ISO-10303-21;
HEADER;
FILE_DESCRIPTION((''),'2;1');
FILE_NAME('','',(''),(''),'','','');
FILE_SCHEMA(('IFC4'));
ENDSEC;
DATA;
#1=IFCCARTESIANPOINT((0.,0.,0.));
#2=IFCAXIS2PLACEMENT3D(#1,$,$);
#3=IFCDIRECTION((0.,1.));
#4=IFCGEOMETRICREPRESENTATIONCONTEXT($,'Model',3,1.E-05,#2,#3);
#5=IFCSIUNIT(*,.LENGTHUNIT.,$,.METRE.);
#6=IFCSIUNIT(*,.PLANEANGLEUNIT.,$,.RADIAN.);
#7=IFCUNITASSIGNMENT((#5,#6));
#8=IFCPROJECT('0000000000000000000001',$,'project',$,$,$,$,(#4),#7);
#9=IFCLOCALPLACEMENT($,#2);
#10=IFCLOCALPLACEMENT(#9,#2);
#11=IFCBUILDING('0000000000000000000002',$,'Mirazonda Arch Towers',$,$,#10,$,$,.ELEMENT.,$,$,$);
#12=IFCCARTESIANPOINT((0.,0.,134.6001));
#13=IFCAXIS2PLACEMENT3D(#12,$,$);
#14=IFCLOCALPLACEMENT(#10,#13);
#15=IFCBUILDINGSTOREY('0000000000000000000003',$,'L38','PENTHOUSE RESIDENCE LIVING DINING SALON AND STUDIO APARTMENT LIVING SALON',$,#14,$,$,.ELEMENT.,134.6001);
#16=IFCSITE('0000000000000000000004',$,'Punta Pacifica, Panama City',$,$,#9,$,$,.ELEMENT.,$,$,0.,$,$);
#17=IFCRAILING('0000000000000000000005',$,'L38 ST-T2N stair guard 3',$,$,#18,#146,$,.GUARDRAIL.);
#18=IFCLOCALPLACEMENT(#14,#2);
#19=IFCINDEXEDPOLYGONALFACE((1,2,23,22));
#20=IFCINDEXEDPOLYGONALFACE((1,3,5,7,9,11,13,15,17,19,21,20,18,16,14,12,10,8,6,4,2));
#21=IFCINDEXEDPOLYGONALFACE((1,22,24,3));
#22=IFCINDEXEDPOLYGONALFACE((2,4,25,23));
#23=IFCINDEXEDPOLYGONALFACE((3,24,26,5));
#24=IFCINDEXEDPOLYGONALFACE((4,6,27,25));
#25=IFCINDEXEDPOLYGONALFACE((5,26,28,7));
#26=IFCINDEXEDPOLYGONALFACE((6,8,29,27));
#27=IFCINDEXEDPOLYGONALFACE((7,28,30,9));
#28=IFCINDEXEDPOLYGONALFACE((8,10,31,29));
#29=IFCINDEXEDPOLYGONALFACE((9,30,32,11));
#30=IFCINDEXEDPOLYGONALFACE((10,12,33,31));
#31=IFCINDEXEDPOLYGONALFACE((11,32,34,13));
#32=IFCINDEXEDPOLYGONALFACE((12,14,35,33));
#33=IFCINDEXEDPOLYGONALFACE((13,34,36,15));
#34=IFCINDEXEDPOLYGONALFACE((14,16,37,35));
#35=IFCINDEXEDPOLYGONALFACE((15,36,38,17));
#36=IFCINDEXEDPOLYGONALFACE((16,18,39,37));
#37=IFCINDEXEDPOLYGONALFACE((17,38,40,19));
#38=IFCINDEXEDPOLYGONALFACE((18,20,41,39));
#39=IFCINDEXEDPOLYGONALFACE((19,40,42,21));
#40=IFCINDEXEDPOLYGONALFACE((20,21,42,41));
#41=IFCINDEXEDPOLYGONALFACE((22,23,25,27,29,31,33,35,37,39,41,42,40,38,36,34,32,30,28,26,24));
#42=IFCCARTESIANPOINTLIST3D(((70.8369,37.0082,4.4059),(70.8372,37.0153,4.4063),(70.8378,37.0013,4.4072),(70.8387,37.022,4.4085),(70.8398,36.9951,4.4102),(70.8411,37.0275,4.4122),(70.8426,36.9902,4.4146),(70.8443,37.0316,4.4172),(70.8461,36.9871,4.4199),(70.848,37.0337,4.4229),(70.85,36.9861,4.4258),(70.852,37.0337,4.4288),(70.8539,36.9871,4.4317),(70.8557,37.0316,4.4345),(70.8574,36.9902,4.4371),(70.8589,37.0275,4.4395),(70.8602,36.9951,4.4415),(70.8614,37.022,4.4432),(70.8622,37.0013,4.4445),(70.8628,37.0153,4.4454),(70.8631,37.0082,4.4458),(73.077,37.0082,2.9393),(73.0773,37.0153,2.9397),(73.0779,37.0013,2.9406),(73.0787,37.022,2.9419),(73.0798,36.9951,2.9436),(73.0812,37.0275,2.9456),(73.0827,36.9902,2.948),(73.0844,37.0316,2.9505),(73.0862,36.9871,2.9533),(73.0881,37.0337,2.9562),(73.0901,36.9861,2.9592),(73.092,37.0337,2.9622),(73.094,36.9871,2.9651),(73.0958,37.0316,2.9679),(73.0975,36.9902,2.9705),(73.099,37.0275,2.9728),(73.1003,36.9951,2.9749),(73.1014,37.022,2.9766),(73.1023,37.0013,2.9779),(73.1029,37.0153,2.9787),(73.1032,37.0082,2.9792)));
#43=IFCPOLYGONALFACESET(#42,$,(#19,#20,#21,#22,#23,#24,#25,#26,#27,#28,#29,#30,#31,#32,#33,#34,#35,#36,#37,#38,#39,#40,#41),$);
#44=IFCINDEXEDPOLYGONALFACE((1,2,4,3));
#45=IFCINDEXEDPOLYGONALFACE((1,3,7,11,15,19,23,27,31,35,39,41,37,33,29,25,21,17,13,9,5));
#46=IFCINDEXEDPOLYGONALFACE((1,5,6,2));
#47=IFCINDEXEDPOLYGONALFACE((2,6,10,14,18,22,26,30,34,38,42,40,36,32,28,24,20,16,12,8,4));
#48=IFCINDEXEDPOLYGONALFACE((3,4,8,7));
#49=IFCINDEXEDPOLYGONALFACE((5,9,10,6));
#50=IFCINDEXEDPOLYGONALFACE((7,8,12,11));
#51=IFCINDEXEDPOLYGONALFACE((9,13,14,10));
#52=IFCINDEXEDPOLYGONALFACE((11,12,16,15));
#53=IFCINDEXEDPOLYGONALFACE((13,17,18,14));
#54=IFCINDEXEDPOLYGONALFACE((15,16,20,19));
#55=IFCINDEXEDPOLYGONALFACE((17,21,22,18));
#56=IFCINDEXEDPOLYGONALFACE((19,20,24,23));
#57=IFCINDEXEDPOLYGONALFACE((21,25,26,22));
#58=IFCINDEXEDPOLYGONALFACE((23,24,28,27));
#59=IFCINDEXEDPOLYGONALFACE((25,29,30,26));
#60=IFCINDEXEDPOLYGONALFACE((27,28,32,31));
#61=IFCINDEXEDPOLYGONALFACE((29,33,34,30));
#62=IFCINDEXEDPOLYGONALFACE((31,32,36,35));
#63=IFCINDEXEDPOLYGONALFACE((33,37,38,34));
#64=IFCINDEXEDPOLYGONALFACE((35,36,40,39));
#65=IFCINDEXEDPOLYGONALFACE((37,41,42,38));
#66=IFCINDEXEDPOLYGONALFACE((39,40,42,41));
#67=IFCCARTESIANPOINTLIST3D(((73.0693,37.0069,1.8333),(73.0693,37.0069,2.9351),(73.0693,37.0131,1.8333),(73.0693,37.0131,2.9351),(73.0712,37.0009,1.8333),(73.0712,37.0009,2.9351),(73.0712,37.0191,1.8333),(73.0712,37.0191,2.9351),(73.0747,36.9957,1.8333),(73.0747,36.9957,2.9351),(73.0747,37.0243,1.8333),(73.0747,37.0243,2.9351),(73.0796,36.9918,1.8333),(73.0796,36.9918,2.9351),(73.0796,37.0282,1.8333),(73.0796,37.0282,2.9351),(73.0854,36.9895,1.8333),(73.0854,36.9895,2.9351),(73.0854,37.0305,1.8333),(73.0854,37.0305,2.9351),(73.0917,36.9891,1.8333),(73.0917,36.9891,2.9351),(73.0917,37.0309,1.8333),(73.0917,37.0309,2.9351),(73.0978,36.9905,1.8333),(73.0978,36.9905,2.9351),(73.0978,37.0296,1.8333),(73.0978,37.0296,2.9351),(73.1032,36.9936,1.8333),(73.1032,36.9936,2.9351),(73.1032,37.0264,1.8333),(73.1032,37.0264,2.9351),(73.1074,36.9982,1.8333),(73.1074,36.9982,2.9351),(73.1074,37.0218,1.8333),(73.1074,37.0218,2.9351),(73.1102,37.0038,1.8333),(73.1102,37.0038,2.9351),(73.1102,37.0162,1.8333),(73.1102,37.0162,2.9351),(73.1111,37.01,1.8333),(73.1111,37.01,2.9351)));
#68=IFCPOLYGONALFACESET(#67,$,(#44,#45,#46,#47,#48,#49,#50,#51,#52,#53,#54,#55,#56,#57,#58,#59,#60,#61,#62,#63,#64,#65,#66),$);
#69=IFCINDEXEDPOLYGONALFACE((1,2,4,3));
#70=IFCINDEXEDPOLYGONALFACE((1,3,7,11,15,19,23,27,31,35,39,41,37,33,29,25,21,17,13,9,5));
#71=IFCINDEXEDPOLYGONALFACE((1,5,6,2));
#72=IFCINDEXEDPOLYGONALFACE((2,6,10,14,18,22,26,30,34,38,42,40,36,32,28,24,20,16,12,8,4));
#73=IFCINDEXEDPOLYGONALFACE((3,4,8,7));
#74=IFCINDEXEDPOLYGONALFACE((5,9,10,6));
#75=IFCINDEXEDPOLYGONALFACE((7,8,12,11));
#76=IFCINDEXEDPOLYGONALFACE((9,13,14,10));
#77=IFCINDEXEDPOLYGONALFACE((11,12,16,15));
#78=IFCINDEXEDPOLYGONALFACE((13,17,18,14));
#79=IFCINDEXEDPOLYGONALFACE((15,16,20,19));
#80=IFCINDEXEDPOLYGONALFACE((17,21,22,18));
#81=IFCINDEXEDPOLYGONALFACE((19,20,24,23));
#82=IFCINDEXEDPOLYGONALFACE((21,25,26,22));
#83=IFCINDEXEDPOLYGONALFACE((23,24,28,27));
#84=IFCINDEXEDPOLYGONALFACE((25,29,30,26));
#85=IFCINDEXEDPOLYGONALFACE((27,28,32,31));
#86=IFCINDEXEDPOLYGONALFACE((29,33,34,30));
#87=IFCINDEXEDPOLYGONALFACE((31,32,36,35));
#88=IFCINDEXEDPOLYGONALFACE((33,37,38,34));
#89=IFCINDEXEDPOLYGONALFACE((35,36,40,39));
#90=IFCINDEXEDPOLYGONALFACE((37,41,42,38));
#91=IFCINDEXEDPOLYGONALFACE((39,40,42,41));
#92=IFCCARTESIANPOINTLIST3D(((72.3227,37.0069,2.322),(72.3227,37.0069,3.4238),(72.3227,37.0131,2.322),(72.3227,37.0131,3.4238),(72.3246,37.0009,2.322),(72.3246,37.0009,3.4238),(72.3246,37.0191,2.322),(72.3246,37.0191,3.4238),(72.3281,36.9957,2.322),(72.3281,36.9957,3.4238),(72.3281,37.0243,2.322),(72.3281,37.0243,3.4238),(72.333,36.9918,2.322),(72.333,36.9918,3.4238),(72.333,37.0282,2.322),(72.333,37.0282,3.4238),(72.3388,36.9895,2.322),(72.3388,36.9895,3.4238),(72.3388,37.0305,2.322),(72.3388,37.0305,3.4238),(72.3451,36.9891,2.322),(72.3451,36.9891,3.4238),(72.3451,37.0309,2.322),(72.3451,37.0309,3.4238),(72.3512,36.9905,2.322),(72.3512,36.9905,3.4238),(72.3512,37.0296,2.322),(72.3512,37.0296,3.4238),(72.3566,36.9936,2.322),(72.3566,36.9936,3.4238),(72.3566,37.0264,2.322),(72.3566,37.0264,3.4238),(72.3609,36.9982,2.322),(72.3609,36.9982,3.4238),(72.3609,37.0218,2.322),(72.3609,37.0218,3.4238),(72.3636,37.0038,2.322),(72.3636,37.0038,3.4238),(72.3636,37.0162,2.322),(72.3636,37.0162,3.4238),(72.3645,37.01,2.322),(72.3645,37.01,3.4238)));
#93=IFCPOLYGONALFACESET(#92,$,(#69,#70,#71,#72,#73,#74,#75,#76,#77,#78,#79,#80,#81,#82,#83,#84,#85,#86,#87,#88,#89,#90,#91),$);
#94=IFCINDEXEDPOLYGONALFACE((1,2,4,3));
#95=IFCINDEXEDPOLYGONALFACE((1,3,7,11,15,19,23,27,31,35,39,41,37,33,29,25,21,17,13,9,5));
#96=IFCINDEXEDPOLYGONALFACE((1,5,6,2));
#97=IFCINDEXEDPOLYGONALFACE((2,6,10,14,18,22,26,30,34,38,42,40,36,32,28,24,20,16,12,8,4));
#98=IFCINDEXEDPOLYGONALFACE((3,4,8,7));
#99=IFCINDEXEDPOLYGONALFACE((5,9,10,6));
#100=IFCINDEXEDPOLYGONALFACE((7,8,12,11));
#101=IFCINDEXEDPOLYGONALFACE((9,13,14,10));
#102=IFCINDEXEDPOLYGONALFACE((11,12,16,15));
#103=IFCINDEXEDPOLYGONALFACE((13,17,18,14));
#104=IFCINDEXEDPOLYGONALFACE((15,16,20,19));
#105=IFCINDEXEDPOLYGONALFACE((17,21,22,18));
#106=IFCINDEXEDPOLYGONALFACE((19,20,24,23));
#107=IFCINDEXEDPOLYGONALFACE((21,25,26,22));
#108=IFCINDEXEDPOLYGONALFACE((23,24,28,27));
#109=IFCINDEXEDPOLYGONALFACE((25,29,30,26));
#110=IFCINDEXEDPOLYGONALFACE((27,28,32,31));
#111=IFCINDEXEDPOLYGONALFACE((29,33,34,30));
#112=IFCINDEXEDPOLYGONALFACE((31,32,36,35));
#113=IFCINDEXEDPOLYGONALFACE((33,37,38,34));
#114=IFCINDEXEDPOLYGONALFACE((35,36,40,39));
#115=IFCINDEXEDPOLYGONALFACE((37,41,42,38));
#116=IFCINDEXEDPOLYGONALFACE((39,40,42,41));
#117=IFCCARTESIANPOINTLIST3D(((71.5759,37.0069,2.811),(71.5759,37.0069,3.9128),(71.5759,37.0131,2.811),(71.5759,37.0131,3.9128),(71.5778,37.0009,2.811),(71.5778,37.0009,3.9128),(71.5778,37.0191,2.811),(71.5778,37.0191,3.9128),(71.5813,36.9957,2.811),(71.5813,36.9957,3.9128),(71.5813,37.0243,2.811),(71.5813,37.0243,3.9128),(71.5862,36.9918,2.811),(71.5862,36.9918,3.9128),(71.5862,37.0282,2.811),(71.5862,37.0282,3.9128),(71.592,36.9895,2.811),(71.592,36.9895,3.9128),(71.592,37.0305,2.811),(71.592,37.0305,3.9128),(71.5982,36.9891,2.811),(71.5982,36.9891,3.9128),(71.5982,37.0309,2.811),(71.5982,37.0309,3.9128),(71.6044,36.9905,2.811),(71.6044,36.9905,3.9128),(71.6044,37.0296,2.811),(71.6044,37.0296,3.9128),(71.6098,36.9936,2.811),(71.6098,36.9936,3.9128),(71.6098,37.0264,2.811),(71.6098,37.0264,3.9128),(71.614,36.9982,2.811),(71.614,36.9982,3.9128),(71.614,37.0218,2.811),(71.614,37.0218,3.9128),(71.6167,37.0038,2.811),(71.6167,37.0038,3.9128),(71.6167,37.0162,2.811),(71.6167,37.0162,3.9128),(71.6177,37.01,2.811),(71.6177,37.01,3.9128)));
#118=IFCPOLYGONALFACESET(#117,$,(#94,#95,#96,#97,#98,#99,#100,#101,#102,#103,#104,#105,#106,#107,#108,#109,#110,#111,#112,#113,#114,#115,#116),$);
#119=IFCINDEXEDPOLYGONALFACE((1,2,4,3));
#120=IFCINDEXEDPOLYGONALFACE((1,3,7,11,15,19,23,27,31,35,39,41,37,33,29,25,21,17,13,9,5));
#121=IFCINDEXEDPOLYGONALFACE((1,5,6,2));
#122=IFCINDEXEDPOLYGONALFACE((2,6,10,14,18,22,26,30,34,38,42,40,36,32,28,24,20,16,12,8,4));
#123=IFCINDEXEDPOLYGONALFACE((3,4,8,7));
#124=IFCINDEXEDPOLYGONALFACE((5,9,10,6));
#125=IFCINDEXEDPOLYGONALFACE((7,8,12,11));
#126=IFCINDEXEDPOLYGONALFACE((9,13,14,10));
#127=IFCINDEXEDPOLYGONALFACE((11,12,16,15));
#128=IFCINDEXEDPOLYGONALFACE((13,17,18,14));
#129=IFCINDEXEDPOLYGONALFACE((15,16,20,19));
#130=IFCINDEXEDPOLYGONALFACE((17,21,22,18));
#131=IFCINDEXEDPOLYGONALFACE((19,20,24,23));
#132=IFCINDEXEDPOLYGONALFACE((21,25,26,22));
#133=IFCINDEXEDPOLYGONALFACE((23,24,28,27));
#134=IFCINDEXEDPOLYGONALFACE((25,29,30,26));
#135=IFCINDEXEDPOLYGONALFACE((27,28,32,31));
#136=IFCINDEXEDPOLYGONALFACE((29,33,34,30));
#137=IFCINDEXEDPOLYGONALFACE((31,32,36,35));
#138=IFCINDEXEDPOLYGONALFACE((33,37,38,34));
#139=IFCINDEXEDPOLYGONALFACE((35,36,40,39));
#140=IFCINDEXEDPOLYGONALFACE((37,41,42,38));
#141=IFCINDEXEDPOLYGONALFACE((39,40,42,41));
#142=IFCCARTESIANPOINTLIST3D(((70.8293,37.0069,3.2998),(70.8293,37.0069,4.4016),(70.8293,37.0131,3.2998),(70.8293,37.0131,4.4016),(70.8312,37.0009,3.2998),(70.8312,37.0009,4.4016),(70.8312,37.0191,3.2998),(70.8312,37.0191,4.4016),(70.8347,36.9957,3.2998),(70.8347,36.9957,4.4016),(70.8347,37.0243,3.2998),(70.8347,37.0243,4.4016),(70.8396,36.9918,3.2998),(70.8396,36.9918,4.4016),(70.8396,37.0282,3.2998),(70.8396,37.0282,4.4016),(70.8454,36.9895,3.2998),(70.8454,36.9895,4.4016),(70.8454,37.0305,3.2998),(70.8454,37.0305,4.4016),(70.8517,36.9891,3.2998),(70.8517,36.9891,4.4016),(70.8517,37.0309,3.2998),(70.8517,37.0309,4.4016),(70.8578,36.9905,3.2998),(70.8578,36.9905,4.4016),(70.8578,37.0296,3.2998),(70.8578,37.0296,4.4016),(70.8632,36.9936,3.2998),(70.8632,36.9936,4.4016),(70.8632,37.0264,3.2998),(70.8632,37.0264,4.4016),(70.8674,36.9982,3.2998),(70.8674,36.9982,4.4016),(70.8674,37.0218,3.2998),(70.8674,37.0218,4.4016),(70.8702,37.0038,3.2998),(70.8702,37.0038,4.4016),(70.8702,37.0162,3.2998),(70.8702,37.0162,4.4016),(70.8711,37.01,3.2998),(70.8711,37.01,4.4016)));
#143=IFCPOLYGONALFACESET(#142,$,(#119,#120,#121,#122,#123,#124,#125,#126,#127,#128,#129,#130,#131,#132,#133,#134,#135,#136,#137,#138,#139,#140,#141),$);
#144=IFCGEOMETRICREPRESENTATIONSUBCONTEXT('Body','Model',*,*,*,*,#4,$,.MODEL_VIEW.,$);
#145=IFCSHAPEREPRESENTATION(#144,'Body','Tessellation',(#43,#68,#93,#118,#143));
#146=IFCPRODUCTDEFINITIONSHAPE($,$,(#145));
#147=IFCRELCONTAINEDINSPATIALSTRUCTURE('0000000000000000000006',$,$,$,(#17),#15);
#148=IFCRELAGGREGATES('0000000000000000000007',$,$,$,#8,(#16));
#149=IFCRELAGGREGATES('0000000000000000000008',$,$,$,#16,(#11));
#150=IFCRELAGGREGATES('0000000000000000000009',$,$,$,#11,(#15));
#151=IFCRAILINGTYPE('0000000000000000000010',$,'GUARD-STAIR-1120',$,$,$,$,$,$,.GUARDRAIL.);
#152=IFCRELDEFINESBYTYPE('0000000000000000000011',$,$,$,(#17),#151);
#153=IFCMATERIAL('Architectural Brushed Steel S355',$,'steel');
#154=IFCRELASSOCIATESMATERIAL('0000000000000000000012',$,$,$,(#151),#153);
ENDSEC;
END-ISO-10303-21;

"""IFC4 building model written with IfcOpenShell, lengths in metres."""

from ifc_helpers import new_model, si_unit, direction, frame, origin, origin_2d, place, context, subcontext, project, spatial, circle, extrude, material, type_object, element, save


model = new_model("IFC4")

# Units and contexts
model_context = context("Model", 3, precision=1e-05, world=origin(), true_north=direction((0.0, 1.0)))
body_context = subcontext(model_context, "Body", "Model", "MODEL_VIEW")
ifc_project = project(units=[si_unit("LENGTHUNIT", "METRE"), si_unit("PLANEANGLEUNIT", "RADIAN")], contexts=[model_context])

# Site, building, storey
site_placement = place(None, origin())
site = spatial("IfcSite", under=ifc_project, at=site_placement, Name="Punta Pacifica, Panama City", CompositionType="ELEMENT", RefElevation=0.0)
building_placement = place(site_placement, origin())
building = spatial("IfcBuilding", under=site, at=building_placement, Name="Mirazonda Arch Towers", CompositionType="ELEMENT")
storey_placement = place(building_placement, frame((0.0, 0.0, 134.6001)))
storey = spatial("IfcBuildingStorey", under=building, at=storey_placement, Name="L38", Description="PENTHOUSE RESIDENCE LIVING DINING SALON AND STUDIO APARTMENT LIVING SALON", CompositionType="ELEMENT", Elevation=134.6001)

# Shared definitions
ifc_material_1 = material(Name="Architectural Brushed Steel S355", Category="steel")

# Railing
railing_type_1 = type_object("IfcRailingType", Name="GUARD-STAIR-1120", PredefinedType="GUARDRAIL", material=ifc_material_1)
railing_1_placement = place(storey_placement, frame((73.0901, 37.01, 1.8333)))
element("IfcRailing", 1, at=railing_1_placement, inside=storey, type_object=railing_type_1, Name="L38 ST-T2N stair guard 3", PredefinedType="GUARDRAIL", context=body_context, shape_type="SweptSolid", body=[
    extrude(circle(Radius=0.0239, at=origin_2d()), frame((0.0, 0.0, 1.126), z_axis=(-0.836637, 0.0, 0.547758), x_axis=(0.0, -1.0, 0.0)), (0.0, 0.0, 1.0), 2.6775),
    extrude(circle(Radius=0.021, at=origin_2d()), origin(), (0.0, 0.0, 1.0), 1.1018),
    extrude(circle(Radius=0.021, at=origin_2d()), frame((-0.7466, 0.0, 0.4888)), (0.0, 0.0, 1.0), 1.1018),
    extrude(circle(Radius=0.021, at=origin_2d()), frame((-1.4934, 0.0, 0.9778)), (0.0, 0.0, 1.0), 1.1018),
    extrude(circle(Radius=0.021, at=origin_2d()), frame((-2.24, 0.0, 1.4666)), (0.0, 0.0, 1.0), 1.1018),
])

save(model, "model.ifc")
